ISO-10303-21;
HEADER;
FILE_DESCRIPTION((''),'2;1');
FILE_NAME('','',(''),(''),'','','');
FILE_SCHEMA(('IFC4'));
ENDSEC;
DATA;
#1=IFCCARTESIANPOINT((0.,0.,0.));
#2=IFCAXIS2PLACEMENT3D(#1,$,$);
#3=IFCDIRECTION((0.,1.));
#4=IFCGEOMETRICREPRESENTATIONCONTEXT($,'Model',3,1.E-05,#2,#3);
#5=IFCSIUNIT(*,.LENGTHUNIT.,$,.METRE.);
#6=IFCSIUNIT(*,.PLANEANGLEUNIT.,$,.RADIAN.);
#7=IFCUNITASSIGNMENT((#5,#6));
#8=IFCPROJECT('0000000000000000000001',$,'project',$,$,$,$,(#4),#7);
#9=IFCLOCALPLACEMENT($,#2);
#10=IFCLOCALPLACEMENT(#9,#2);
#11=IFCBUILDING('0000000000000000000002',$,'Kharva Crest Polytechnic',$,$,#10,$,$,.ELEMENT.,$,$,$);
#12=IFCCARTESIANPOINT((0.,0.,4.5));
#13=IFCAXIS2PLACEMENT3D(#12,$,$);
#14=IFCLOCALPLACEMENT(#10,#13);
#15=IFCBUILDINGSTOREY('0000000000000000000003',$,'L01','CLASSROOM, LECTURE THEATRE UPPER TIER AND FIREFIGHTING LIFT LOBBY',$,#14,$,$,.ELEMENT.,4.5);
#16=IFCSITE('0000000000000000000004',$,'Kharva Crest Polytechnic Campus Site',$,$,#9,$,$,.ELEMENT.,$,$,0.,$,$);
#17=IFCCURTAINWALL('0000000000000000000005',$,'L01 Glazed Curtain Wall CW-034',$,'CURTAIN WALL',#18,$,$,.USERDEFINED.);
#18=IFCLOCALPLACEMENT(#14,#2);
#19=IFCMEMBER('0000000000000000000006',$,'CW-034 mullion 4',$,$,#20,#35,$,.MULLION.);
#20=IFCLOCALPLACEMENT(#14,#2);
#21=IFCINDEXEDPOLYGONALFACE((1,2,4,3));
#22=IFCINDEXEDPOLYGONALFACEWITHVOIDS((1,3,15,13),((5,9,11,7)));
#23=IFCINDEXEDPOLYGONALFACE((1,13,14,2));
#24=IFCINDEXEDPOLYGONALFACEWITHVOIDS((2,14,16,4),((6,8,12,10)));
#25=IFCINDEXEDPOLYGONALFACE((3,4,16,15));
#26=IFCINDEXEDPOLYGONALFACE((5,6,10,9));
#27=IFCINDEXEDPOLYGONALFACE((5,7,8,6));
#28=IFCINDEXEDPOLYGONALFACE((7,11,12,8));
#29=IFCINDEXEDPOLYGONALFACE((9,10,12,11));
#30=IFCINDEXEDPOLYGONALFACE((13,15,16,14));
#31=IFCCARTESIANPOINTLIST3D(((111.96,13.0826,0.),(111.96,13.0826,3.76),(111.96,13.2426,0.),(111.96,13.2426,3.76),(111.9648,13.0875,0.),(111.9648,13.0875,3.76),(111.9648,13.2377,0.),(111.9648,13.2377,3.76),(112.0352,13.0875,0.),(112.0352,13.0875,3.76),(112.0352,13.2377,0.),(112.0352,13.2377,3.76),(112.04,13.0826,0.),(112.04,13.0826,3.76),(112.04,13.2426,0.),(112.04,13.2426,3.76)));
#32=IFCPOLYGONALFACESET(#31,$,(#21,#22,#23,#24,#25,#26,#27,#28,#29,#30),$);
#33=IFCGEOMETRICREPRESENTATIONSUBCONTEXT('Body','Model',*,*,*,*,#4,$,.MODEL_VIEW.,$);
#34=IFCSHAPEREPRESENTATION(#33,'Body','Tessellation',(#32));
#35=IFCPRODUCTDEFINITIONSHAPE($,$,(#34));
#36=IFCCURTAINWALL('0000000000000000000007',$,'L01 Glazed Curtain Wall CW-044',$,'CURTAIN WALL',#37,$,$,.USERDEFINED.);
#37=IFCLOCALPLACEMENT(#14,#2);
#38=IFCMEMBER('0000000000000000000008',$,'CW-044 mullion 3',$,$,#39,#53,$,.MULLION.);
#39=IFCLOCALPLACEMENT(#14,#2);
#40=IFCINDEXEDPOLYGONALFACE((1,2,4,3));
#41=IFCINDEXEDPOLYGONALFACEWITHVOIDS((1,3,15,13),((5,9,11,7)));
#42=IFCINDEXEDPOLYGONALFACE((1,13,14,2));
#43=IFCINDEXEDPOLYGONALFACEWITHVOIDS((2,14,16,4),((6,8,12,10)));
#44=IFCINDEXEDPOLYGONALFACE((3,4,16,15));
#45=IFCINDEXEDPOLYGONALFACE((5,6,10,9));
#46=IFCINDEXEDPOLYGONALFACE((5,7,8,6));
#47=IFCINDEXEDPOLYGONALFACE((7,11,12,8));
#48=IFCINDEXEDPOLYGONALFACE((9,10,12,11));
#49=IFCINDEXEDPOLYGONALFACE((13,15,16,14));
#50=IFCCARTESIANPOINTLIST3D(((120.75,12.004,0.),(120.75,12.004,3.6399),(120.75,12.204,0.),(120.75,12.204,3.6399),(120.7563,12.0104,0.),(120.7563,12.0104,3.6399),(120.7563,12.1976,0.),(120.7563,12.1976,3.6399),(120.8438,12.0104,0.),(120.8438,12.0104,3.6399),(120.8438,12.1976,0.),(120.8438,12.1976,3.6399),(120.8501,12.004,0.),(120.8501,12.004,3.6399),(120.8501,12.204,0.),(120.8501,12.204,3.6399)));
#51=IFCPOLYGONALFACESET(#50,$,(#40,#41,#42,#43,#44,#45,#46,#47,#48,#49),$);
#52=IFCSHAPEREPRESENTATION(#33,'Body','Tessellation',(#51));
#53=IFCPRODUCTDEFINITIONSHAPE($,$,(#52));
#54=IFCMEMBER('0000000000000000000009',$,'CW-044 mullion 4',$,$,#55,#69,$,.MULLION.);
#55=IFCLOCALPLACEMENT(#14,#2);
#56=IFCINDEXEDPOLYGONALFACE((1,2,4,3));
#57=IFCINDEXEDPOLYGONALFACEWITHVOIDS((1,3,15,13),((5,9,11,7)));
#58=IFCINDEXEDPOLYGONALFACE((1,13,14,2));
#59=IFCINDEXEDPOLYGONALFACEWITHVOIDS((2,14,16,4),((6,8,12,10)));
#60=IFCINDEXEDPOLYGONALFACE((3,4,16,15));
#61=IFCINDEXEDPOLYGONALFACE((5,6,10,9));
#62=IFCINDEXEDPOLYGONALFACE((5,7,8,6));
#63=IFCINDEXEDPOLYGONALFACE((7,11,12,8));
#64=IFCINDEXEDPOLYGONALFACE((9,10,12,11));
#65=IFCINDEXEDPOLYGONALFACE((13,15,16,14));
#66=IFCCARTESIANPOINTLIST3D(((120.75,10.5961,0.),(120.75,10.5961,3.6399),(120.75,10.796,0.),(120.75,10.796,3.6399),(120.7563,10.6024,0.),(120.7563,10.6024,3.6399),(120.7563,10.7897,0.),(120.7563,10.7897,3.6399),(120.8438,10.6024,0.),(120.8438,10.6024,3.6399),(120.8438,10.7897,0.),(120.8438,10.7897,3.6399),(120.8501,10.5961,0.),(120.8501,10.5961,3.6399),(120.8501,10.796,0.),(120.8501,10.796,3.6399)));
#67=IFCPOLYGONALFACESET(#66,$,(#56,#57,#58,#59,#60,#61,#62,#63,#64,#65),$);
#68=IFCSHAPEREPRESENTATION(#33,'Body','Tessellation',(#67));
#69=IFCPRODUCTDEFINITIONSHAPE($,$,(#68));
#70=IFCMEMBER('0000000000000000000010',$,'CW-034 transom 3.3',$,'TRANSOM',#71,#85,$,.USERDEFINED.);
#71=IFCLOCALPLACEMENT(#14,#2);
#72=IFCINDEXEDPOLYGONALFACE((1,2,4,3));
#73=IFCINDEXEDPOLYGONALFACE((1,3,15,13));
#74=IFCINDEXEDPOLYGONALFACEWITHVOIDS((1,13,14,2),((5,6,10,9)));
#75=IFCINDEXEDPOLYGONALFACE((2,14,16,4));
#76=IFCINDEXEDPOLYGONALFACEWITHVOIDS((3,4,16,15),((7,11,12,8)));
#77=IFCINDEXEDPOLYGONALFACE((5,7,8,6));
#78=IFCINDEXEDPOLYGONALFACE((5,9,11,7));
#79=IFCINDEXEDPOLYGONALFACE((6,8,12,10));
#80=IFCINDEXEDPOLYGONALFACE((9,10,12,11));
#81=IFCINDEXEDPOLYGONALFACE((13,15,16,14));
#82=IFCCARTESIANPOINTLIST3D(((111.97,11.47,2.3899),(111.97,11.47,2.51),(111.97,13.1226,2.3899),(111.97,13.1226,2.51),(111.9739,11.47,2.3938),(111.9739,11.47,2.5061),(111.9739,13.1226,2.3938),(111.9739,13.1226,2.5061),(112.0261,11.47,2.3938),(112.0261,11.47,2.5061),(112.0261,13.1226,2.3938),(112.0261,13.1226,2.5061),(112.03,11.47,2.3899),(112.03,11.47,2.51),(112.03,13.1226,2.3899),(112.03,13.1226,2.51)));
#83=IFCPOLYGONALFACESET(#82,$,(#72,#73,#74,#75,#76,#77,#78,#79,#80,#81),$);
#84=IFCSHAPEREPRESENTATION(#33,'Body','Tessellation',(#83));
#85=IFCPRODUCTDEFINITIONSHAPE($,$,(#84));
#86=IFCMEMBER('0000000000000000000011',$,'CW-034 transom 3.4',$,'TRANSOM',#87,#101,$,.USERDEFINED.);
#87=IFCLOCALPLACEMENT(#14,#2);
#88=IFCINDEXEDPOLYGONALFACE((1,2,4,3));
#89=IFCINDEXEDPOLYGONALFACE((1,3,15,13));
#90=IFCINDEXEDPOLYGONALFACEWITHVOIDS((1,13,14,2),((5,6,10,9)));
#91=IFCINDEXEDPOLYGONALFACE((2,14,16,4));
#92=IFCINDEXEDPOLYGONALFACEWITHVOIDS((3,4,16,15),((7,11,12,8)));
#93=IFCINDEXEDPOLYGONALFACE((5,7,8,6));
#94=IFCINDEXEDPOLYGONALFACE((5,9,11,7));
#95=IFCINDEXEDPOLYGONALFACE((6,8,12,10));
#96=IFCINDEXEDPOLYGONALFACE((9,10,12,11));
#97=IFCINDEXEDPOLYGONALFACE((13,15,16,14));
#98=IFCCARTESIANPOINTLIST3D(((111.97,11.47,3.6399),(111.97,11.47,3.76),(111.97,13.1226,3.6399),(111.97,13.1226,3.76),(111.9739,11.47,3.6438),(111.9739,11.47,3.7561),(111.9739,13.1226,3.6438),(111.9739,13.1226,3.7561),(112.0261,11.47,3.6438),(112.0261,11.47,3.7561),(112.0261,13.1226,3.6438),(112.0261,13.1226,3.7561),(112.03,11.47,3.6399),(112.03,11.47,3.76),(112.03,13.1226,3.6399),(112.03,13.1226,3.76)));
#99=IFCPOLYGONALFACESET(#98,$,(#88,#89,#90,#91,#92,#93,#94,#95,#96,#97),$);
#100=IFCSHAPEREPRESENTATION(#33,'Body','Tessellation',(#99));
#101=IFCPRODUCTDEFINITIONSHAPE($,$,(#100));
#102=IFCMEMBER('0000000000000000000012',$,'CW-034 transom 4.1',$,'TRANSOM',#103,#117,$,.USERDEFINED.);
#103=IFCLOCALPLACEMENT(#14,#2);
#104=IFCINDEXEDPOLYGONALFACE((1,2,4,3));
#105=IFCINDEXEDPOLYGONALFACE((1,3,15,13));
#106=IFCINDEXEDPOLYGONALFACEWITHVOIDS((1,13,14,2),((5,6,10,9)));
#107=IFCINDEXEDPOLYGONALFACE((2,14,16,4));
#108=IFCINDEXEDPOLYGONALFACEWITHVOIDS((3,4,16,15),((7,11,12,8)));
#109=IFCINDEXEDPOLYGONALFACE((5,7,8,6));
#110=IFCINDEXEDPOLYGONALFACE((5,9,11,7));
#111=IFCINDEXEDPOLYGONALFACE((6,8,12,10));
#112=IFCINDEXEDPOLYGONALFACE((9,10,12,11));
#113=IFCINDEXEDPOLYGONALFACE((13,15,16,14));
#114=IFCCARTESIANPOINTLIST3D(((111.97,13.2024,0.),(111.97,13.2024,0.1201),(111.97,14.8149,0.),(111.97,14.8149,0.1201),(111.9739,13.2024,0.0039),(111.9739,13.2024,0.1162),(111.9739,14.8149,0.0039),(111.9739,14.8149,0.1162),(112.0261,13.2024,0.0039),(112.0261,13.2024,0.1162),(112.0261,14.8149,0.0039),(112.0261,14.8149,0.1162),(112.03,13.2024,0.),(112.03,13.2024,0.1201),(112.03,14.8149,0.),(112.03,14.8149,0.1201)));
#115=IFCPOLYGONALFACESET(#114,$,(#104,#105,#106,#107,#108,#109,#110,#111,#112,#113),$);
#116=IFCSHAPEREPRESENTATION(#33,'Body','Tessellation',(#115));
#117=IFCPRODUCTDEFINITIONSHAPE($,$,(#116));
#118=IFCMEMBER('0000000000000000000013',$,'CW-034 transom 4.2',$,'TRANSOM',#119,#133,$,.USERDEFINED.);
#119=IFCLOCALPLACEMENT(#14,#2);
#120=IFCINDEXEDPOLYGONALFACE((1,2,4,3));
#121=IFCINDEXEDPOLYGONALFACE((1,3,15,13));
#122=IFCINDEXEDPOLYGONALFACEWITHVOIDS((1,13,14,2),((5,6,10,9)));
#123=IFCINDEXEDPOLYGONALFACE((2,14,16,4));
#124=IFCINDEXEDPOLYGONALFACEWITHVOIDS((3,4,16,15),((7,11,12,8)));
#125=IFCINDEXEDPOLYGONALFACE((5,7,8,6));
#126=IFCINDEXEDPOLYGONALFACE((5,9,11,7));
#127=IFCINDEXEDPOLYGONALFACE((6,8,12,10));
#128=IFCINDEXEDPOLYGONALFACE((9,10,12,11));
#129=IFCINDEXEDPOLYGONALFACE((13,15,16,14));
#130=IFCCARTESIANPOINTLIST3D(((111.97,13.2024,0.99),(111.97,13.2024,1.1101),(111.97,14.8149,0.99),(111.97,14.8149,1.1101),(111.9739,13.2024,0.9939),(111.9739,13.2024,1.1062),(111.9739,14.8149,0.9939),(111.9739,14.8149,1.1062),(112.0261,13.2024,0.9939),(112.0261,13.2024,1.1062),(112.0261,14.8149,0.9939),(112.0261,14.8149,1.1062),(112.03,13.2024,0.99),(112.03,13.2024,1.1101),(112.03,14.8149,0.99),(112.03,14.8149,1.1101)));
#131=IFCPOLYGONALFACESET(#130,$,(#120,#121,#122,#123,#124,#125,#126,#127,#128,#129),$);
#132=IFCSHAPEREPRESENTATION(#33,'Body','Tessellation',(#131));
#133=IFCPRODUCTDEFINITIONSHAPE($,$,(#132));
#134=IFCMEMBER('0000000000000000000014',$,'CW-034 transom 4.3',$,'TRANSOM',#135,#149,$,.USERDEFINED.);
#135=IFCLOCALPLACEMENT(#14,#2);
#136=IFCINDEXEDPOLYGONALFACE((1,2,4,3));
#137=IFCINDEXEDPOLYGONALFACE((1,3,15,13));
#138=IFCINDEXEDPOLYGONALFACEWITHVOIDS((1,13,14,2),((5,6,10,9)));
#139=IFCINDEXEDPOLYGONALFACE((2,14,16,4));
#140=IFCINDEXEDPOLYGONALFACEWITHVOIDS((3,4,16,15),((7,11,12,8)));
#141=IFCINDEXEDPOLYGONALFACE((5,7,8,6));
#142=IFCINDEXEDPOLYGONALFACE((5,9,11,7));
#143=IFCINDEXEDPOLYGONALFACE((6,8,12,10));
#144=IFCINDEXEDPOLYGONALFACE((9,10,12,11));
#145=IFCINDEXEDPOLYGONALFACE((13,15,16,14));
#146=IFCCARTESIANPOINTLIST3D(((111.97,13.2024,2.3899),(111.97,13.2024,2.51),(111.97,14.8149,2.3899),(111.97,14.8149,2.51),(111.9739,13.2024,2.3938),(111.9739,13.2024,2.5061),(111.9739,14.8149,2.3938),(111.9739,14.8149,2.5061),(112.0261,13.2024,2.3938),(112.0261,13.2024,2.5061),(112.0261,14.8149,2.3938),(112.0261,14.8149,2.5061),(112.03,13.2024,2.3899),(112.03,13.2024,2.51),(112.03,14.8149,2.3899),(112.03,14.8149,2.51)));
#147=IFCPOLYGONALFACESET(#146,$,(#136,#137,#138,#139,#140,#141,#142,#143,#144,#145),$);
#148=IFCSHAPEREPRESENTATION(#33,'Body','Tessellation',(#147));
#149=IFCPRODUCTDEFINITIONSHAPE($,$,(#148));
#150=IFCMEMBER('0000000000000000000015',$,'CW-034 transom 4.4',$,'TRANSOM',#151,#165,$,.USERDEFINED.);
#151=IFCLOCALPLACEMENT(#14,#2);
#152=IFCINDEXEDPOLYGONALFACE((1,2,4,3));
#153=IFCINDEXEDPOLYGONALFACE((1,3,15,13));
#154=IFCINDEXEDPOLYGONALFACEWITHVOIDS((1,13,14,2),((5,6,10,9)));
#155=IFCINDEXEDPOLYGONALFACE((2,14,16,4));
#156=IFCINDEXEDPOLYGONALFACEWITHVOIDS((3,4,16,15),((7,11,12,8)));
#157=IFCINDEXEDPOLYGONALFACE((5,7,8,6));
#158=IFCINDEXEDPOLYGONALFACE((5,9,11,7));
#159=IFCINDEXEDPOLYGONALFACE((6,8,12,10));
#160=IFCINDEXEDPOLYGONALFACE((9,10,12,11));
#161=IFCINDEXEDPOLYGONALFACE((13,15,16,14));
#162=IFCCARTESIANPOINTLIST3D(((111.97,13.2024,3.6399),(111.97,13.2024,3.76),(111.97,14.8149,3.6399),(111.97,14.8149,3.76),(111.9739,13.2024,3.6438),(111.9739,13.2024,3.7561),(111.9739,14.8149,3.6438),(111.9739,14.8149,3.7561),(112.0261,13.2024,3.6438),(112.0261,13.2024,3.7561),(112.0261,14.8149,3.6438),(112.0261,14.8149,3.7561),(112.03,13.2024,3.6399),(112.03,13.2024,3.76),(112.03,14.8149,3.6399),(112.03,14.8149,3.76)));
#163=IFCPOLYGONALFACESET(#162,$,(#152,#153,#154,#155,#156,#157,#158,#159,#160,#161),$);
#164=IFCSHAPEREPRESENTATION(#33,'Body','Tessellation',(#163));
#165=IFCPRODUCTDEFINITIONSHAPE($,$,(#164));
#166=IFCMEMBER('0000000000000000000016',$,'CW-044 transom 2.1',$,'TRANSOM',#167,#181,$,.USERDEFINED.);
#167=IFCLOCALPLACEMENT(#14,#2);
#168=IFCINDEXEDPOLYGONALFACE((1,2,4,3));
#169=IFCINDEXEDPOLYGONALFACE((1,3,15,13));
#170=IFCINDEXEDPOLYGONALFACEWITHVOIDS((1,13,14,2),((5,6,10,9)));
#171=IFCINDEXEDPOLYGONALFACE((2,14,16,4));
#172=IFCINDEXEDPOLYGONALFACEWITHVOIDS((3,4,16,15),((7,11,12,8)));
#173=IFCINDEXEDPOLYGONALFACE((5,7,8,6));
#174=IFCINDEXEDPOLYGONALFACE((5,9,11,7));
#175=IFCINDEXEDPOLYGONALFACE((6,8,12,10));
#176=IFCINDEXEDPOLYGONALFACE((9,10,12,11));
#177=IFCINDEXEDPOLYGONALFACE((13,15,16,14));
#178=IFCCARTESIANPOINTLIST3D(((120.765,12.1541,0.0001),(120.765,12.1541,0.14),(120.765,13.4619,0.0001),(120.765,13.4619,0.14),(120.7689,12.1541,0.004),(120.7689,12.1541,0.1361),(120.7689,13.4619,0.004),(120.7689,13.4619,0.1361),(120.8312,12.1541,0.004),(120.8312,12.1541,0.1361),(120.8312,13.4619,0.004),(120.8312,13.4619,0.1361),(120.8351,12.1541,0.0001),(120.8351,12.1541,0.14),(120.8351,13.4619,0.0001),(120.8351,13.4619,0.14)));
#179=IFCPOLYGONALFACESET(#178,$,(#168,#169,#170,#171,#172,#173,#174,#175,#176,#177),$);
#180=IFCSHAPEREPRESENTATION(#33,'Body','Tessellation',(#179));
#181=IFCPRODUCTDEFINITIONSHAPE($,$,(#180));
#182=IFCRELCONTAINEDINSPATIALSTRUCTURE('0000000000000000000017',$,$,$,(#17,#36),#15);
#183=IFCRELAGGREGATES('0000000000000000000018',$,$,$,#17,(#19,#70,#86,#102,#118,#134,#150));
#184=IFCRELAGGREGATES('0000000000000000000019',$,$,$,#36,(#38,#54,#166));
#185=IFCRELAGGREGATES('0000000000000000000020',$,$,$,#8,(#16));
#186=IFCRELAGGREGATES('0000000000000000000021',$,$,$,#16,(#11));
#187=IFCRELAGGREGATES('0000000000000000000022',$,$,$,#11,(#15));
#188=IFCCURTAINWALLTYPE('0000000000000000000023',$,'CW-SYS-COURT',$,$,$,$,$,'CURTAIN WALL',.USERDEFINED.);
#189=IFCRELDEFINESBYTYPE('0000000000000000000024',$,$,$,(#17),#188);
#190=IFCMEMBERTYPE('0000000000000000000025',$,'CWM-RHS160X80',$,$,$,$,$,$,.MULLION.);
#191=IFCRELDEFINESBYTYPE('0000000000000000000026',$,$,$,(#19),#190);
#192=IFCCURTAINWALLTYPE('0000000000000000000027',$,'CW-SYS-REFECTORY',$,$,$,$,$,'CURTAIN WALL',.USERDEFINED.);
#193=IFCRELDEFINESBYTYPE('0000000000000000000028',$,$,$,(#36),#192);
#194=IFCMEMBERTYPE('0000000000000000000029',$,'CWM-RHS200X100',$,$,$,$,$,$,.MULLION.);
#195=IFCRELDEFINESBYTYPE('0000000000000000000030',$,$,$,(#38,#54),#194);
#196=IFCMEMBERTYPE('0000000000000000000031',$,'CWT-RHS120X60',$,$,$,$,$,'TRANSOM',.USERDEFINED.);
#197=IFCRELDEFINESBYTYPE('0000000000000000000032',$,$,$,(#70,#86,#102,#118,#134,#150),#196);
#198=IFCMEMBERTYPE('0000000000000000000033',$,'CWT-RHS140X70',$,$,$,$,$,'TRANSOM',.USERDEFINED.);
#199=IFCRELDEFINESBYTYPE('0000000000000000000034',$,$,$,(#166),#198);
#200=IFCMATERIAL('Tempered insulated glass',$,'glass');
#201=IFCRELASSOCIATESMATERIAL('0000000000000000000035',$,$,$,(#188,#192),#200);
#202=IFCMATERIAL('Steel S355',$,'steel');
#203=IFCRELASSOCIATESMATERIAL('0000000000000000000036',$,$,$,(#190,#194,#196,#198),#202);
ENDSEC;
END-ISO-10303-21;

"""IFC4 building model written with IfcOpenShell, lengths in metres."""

from ifc_helpers import new_model, si_unit, direction, frame, origin, origin_2d, place, context, subcontext, project, spatial, hollow_rectangle, extrude, material, material_profile, profile_set, type_object, element, aggregate, save


model = new_model("IFC4")

# Units and contexts
model_context = context("Model", 3, precision=1e-05, world=origin(), true_north=direction((0.0, 1.0)))
body_context = subcontext(model_context, "Body", "Model", "MODEL_VIEW")
ifc_project = project(units=[si_unit("LENGTHUNIT", "METRE"), si_unit("PLANEANGLEUNIT", "RADIAN")], contexts=[model_context])

# Site, building, storey
site_placement = place(None, origin())
site = spatial("IfcSite", under=ifc_project, at=site_placement, Name="Kharva Crest Polytechnic Campus Site", CompositionType="ELEMENT", RefElevation=0.0)
building_placement = place(site_placement, origin())
building = spatial("IfcBuilding", under=site, at=building_placement, Name="Kharva Crest Polytechnic", CompositionType="ELEMENT")
storey_placement = place(building_placement, frame((0.0, 0.0, 4.5)))
storey = spatial("IfcBuildingStorey", under=building, at=storey_placement, Name="L01", Description="CLASSROOM, LECTURE THEATRE UPPER TIER AND FIREFIGHTING LIFT LOBBY", CompositionType="ELEMENT", Elevation=4.5)

# Curtain wall, member
ifc_material_1 = material(Name="Tempered insulated glass", Category="glass")
curtain_wall_type_1 = type_object("IfcCurtainWallType", Name="CW-SYS-COURT", ElementType="CURTAIN WALL", PredefinedType="USERDEFINED", material=ifc_material_1)
curtain_wall_1_placement = place(storey_placement, origin())
curtain_wall_1 = element("IfcCurtainWall", 1, at=curtain_wall_1_placement, inside=storey, type_object=curtain_wall_type_1, Name="L01 Glazed Curtain Wall CW-034", ObjectType="CURTAIN WALL", PredefinedType="USERDEFINED")
ifc_material_2 = material(Name="Steel S355", Category="steel")
ifc_material_profile_1 = material_profile(ifc_material_2, hollow_rectangle(XDim=0.0801, YDim=0.1599, WallThickness=0.0049, at=origin_2d()), Name="RHS 160X80X5.0")
ifc_profile_set_1 = profile_set([ifc_material_profile_1], Name="Steel S355")
member_type_1 = type_object("IfcMemberType", Name="CWM-RHS160X80", PredefinedType="MULLION", material=ifc_profile_set_1)
member_1_placement = place(storey_placement, frame((112.0, 13.1626, 0.0), z_axis=(0.0, 0.0, 1.0), x_axis=(-1.0, 0.0, 0.0)))
member_1 = element("IfcMember", 2, at=member_1_placement, type_object=member_type_1, Name="CW-034 mullion 4", PredefinedType="MULLION", context=body_context, shape_type="SweptSolid", body=[
    extrude(hollow_rectangle(XDim=0.0801, YDim=0.1599, WallThickness=0.0049, at=origin_2d()), origin(), (0.0, 0.0, 1.0), 3.76),
])

# Curtain wall, members
curtain_wall_type_2 = type_object("IfcCurtainWallType", Name="CW-SYS-REFECTORY", ElementType="CURTAIN WALL", PredefinedType="USERDEFINED", material=ifc_material_1)
curtain_wall_2_placement = place(storey_placement, origin())
curtain_wall_2 = element("IfcCurtainWall", 3, at=curtain_wall_2_placement, inside=storey, type_object=curtain_wall_type_2, Name="L01 Glazed Curtain Wall CW-044", ObjectType="CURTAIN WALL", PredefinedType="USERDEFINED")
ifc_material_profile_2 = material_profile(ifc_material_2, hollow_rectangle(XDim=0.1001, YDim=0.2, WallThickness=0.0063, at=origin_2d()), Name="RHS 200X100X6.3")
ifc_profile_set_2 = profile_set([ifc_material_profile_2], Name="Steel S355")
member_type_2 = type_object("IfcMemberType", Name="CWM-RHS200X100", PredefinedType="MULLION", material=ifc_profile_set_2)
member_2_placement = place(storey_placement, frame((120.8, 12.104, 0.0), z_axis=(0.0, 0.0, 1.0), x_axis=(1.0, 0.0, 0.0)))
member_2 = element("IfcMember", 4, at=member_2_placement, type_object=member_type_2, Name="CW-044 mullion 3", PredefinedType="MULLION", context=body_context, shape_type="SweptSolid", body=[
    extrude(hollow_rectangle(XDim=0.1001, YDim=0.2, WallThickness=0.0063, at=origin_2d()), origin(), (0.0, 0.0, 1.0), 3.6399),
])
member_3_placement = place(storey_placement, frame((120.8, 10.696, 0.0), z_axis=(0.0, 0.0, 1.0), x_axis=(1.0, 0.0, 0.0)))
member_3 = element("IfcMember", 5, at=member_3_placement, type_object=member_type_2, Name="CW-044 mullion 4", PredefinedType="MULLION", context=body_context, shape_type="SweptSolid", body=[
    extrude(hollow_rectangle(XDim=0.1001, YDim=0.2, WallThickness=0.0063, at=origin_2d()), origin(), (0.0, 0.0, 1.0), 3.6399),
])

# Members
ifc_material_profile_3 = material_profile(ifc_material_2, hollow_rectangle(XDim=0.0601, YDim=0.1201, WallThickness=0.0039, at=origin_2d()), Name="RHS 120X60X4.0")
ifc_profile_set_3 = profile_set([ifc_material_profile_3], Name="Steel S355")
member_type_3 = type_object("IfcMemberType", Name="CWT-RHS120X60", ElementType="TRANSOM", PredefinedType="USERDEFINED", material=ifc_profile_set_3)
member_4_placement = place(storey_placement, frame((112.0, 11.47, 2.45), z_axis=(0.0, 1.0, 0.0), x_axis=(-1.0, 0.0, 0.0)))
member_4 = element("IfcMember", 6, at=member_4_placement, type_object=member_type_3, Name="CW-034 transom 3.3", ObjectType="TRANSOM", PredefinedType="USERDEFINED", context=body_context, shape_type="SweptSolid", body=[
    extrude(hollow_rectangle(XDim=0.0601, YDim=0.1201, WallThickness=0.0039, at=origin_2d()), origin(), (0.0, 0.0, 1.0), 1.6526),
])
member_5_placement = place(storey_placement, frame((112.0, 11.47, 3.7), z_axis=(0.0, 1.0, 0.0), x_axis=(-1.0, 0.0, 0.0)))
member_5 = element("IfcMember", 7, at=member_5_placement, type_object=member_type_3, Name="CW-034 transom 3.4", ObjectType="TRANSOM", PredefinedType="USERDEFINED", context=body_context, shape_type="SweptSolid", body=[
    extrude(hollow_rectangle(XDim=0.0601, YDim=0.1201, WallThickness=0.0039, at=origin_2d()), origin(), (0.0, 0.0, 1.0), 1.6526),
])
member_6_placement = place(storey_placement, frame((112.0, 13.2024, 0.0601), z_axis=(0.0, 1.0, 0.0), x_axis=(-1.0, 0.0, 0.0)))
member_6 = element("IfcMember", 8, at=member_6_placement, type_object=member_type_3, Name="CW-034 transom 4.1", ObjectType="TRANSOM", PredefinedType="USERDEFINED", context=body_context, shape_type="SweptSolid", body=[
    extrude(hollow_rectangle(XDim=0.0601, YDim=0.1201, WallThickness=0.0039, at=origin_2d()), origin(), (0.0, 0.0, 1.0), 1.6125),
])
member_7_placement = place(storey_placement, frame((112.0, 13.2024, 1.05), z_axis=(0.0, 1.0, 0.0), x_axis=(-1.0, 0.0, 0.0)))
member_7 = element("IfcMember", 9, at=member_7_placement, type_object=member_type_3, Name="CW-034 transom 4.2", ObjectType="TRANSOM", PredefinedType="USERDEFINED", context=body_context, shape_type="SweptSolid", body=[
    extrude(hollow_rectangle(XDim=0.0601, YDim=0.1201, WallThickness=0.0039, at=origin_2d()), origin(), (0.0, 0.0, 1.0), 1.6125),
])
member_8_placement = place(storey_placement, frame((112.0, 13.2024, 2.45), z_axis=(0.0, 1.0, 0.0), x_axis=(-1.0, 0.0, 0.0)))
member_8 = element("IfcMember", 10, at=member_8_placement, type_object=member_type_3, Name="CW-034 transom 4.3", ObjectType="TRANSOM", PredefinedType="USERDEFINED", context=body_context, shape_type="SweptSolid", body=[
    extrude(hollow_rectangle(XDim=0.0601, YDim=0.1201, WallThickness=0.0039, at=origin_2d()), origin(), (0.0, 0.0, 1.0), 1.6125),
])
member_9_placement = place(storey_placement, frame((112.0, 13.2024, 3.7), z_axis=(0.0, 1.0, 0.0), x_axis=(-1.0, 0.0, 0.0)))
member_9 = element("IfcMember", 11, at=member_9_placement, type_object=member_type_3, Name="CW-034 transom 4.4", ObjectType="TRANSOM", PredefinedType="USERDEFINED", context=body_context, shape_type="SweptSolid", body=[
    extrude(hollow_rectangle(XDim=0.0601, YDim=0.1201, WallThickness=0.0039, at=origin_2d()), origin(), (0.0, 0.0, 1.0), 1.6125),
])
ifc_material_profile_4 = material_profile(ifc_material_2, hollow_rectangle(XDim=0.0701, YDim=0.1399, WallThickness=0.0039, at=origin_2d()), Name="RHS 140X70X4.0")
ifc_profile_set_4 = profile_set([ifc_material_profile_4], Name="Steel S355")
member_type_4 = type_object("IfcMemberType", Name="CWT-RHS140X70", ElementType="TRANSOM", PredefinedType="USERDEFINED", material=ifc_profile_set_4)
member_10_placement = place(storey_placement, frame((120.8, 13.4619, 0.0701), z_axis=(0.0, -1.0, 0.0), x_axis=(1.0, 0.0, 0.0)))
member_10 = element("IfcMember", 12, at=member_10_placement, type_object=member_type_4, Name="CW-044 transom 2.1", ObjectType="TRANSOM", PredefinedType="USERDEFINED", context=body_context, shape_type="SweptSolid", body=[
    extrude(hollow_rectangle(XDim=0.0701, YDim=0.1399, WallThickness=0.0039, at=origin_2d()), origin(), (0.0, 0.0, 1.0), 1.3079),
])

aggregate(curtain_wall_1, [member_1, member_4, member_5, member_6, member_7, member_8, member_9])
aggregate(curtain_wall_2, [member_2, member_3, member_10])

save(model, "model.ifc")
